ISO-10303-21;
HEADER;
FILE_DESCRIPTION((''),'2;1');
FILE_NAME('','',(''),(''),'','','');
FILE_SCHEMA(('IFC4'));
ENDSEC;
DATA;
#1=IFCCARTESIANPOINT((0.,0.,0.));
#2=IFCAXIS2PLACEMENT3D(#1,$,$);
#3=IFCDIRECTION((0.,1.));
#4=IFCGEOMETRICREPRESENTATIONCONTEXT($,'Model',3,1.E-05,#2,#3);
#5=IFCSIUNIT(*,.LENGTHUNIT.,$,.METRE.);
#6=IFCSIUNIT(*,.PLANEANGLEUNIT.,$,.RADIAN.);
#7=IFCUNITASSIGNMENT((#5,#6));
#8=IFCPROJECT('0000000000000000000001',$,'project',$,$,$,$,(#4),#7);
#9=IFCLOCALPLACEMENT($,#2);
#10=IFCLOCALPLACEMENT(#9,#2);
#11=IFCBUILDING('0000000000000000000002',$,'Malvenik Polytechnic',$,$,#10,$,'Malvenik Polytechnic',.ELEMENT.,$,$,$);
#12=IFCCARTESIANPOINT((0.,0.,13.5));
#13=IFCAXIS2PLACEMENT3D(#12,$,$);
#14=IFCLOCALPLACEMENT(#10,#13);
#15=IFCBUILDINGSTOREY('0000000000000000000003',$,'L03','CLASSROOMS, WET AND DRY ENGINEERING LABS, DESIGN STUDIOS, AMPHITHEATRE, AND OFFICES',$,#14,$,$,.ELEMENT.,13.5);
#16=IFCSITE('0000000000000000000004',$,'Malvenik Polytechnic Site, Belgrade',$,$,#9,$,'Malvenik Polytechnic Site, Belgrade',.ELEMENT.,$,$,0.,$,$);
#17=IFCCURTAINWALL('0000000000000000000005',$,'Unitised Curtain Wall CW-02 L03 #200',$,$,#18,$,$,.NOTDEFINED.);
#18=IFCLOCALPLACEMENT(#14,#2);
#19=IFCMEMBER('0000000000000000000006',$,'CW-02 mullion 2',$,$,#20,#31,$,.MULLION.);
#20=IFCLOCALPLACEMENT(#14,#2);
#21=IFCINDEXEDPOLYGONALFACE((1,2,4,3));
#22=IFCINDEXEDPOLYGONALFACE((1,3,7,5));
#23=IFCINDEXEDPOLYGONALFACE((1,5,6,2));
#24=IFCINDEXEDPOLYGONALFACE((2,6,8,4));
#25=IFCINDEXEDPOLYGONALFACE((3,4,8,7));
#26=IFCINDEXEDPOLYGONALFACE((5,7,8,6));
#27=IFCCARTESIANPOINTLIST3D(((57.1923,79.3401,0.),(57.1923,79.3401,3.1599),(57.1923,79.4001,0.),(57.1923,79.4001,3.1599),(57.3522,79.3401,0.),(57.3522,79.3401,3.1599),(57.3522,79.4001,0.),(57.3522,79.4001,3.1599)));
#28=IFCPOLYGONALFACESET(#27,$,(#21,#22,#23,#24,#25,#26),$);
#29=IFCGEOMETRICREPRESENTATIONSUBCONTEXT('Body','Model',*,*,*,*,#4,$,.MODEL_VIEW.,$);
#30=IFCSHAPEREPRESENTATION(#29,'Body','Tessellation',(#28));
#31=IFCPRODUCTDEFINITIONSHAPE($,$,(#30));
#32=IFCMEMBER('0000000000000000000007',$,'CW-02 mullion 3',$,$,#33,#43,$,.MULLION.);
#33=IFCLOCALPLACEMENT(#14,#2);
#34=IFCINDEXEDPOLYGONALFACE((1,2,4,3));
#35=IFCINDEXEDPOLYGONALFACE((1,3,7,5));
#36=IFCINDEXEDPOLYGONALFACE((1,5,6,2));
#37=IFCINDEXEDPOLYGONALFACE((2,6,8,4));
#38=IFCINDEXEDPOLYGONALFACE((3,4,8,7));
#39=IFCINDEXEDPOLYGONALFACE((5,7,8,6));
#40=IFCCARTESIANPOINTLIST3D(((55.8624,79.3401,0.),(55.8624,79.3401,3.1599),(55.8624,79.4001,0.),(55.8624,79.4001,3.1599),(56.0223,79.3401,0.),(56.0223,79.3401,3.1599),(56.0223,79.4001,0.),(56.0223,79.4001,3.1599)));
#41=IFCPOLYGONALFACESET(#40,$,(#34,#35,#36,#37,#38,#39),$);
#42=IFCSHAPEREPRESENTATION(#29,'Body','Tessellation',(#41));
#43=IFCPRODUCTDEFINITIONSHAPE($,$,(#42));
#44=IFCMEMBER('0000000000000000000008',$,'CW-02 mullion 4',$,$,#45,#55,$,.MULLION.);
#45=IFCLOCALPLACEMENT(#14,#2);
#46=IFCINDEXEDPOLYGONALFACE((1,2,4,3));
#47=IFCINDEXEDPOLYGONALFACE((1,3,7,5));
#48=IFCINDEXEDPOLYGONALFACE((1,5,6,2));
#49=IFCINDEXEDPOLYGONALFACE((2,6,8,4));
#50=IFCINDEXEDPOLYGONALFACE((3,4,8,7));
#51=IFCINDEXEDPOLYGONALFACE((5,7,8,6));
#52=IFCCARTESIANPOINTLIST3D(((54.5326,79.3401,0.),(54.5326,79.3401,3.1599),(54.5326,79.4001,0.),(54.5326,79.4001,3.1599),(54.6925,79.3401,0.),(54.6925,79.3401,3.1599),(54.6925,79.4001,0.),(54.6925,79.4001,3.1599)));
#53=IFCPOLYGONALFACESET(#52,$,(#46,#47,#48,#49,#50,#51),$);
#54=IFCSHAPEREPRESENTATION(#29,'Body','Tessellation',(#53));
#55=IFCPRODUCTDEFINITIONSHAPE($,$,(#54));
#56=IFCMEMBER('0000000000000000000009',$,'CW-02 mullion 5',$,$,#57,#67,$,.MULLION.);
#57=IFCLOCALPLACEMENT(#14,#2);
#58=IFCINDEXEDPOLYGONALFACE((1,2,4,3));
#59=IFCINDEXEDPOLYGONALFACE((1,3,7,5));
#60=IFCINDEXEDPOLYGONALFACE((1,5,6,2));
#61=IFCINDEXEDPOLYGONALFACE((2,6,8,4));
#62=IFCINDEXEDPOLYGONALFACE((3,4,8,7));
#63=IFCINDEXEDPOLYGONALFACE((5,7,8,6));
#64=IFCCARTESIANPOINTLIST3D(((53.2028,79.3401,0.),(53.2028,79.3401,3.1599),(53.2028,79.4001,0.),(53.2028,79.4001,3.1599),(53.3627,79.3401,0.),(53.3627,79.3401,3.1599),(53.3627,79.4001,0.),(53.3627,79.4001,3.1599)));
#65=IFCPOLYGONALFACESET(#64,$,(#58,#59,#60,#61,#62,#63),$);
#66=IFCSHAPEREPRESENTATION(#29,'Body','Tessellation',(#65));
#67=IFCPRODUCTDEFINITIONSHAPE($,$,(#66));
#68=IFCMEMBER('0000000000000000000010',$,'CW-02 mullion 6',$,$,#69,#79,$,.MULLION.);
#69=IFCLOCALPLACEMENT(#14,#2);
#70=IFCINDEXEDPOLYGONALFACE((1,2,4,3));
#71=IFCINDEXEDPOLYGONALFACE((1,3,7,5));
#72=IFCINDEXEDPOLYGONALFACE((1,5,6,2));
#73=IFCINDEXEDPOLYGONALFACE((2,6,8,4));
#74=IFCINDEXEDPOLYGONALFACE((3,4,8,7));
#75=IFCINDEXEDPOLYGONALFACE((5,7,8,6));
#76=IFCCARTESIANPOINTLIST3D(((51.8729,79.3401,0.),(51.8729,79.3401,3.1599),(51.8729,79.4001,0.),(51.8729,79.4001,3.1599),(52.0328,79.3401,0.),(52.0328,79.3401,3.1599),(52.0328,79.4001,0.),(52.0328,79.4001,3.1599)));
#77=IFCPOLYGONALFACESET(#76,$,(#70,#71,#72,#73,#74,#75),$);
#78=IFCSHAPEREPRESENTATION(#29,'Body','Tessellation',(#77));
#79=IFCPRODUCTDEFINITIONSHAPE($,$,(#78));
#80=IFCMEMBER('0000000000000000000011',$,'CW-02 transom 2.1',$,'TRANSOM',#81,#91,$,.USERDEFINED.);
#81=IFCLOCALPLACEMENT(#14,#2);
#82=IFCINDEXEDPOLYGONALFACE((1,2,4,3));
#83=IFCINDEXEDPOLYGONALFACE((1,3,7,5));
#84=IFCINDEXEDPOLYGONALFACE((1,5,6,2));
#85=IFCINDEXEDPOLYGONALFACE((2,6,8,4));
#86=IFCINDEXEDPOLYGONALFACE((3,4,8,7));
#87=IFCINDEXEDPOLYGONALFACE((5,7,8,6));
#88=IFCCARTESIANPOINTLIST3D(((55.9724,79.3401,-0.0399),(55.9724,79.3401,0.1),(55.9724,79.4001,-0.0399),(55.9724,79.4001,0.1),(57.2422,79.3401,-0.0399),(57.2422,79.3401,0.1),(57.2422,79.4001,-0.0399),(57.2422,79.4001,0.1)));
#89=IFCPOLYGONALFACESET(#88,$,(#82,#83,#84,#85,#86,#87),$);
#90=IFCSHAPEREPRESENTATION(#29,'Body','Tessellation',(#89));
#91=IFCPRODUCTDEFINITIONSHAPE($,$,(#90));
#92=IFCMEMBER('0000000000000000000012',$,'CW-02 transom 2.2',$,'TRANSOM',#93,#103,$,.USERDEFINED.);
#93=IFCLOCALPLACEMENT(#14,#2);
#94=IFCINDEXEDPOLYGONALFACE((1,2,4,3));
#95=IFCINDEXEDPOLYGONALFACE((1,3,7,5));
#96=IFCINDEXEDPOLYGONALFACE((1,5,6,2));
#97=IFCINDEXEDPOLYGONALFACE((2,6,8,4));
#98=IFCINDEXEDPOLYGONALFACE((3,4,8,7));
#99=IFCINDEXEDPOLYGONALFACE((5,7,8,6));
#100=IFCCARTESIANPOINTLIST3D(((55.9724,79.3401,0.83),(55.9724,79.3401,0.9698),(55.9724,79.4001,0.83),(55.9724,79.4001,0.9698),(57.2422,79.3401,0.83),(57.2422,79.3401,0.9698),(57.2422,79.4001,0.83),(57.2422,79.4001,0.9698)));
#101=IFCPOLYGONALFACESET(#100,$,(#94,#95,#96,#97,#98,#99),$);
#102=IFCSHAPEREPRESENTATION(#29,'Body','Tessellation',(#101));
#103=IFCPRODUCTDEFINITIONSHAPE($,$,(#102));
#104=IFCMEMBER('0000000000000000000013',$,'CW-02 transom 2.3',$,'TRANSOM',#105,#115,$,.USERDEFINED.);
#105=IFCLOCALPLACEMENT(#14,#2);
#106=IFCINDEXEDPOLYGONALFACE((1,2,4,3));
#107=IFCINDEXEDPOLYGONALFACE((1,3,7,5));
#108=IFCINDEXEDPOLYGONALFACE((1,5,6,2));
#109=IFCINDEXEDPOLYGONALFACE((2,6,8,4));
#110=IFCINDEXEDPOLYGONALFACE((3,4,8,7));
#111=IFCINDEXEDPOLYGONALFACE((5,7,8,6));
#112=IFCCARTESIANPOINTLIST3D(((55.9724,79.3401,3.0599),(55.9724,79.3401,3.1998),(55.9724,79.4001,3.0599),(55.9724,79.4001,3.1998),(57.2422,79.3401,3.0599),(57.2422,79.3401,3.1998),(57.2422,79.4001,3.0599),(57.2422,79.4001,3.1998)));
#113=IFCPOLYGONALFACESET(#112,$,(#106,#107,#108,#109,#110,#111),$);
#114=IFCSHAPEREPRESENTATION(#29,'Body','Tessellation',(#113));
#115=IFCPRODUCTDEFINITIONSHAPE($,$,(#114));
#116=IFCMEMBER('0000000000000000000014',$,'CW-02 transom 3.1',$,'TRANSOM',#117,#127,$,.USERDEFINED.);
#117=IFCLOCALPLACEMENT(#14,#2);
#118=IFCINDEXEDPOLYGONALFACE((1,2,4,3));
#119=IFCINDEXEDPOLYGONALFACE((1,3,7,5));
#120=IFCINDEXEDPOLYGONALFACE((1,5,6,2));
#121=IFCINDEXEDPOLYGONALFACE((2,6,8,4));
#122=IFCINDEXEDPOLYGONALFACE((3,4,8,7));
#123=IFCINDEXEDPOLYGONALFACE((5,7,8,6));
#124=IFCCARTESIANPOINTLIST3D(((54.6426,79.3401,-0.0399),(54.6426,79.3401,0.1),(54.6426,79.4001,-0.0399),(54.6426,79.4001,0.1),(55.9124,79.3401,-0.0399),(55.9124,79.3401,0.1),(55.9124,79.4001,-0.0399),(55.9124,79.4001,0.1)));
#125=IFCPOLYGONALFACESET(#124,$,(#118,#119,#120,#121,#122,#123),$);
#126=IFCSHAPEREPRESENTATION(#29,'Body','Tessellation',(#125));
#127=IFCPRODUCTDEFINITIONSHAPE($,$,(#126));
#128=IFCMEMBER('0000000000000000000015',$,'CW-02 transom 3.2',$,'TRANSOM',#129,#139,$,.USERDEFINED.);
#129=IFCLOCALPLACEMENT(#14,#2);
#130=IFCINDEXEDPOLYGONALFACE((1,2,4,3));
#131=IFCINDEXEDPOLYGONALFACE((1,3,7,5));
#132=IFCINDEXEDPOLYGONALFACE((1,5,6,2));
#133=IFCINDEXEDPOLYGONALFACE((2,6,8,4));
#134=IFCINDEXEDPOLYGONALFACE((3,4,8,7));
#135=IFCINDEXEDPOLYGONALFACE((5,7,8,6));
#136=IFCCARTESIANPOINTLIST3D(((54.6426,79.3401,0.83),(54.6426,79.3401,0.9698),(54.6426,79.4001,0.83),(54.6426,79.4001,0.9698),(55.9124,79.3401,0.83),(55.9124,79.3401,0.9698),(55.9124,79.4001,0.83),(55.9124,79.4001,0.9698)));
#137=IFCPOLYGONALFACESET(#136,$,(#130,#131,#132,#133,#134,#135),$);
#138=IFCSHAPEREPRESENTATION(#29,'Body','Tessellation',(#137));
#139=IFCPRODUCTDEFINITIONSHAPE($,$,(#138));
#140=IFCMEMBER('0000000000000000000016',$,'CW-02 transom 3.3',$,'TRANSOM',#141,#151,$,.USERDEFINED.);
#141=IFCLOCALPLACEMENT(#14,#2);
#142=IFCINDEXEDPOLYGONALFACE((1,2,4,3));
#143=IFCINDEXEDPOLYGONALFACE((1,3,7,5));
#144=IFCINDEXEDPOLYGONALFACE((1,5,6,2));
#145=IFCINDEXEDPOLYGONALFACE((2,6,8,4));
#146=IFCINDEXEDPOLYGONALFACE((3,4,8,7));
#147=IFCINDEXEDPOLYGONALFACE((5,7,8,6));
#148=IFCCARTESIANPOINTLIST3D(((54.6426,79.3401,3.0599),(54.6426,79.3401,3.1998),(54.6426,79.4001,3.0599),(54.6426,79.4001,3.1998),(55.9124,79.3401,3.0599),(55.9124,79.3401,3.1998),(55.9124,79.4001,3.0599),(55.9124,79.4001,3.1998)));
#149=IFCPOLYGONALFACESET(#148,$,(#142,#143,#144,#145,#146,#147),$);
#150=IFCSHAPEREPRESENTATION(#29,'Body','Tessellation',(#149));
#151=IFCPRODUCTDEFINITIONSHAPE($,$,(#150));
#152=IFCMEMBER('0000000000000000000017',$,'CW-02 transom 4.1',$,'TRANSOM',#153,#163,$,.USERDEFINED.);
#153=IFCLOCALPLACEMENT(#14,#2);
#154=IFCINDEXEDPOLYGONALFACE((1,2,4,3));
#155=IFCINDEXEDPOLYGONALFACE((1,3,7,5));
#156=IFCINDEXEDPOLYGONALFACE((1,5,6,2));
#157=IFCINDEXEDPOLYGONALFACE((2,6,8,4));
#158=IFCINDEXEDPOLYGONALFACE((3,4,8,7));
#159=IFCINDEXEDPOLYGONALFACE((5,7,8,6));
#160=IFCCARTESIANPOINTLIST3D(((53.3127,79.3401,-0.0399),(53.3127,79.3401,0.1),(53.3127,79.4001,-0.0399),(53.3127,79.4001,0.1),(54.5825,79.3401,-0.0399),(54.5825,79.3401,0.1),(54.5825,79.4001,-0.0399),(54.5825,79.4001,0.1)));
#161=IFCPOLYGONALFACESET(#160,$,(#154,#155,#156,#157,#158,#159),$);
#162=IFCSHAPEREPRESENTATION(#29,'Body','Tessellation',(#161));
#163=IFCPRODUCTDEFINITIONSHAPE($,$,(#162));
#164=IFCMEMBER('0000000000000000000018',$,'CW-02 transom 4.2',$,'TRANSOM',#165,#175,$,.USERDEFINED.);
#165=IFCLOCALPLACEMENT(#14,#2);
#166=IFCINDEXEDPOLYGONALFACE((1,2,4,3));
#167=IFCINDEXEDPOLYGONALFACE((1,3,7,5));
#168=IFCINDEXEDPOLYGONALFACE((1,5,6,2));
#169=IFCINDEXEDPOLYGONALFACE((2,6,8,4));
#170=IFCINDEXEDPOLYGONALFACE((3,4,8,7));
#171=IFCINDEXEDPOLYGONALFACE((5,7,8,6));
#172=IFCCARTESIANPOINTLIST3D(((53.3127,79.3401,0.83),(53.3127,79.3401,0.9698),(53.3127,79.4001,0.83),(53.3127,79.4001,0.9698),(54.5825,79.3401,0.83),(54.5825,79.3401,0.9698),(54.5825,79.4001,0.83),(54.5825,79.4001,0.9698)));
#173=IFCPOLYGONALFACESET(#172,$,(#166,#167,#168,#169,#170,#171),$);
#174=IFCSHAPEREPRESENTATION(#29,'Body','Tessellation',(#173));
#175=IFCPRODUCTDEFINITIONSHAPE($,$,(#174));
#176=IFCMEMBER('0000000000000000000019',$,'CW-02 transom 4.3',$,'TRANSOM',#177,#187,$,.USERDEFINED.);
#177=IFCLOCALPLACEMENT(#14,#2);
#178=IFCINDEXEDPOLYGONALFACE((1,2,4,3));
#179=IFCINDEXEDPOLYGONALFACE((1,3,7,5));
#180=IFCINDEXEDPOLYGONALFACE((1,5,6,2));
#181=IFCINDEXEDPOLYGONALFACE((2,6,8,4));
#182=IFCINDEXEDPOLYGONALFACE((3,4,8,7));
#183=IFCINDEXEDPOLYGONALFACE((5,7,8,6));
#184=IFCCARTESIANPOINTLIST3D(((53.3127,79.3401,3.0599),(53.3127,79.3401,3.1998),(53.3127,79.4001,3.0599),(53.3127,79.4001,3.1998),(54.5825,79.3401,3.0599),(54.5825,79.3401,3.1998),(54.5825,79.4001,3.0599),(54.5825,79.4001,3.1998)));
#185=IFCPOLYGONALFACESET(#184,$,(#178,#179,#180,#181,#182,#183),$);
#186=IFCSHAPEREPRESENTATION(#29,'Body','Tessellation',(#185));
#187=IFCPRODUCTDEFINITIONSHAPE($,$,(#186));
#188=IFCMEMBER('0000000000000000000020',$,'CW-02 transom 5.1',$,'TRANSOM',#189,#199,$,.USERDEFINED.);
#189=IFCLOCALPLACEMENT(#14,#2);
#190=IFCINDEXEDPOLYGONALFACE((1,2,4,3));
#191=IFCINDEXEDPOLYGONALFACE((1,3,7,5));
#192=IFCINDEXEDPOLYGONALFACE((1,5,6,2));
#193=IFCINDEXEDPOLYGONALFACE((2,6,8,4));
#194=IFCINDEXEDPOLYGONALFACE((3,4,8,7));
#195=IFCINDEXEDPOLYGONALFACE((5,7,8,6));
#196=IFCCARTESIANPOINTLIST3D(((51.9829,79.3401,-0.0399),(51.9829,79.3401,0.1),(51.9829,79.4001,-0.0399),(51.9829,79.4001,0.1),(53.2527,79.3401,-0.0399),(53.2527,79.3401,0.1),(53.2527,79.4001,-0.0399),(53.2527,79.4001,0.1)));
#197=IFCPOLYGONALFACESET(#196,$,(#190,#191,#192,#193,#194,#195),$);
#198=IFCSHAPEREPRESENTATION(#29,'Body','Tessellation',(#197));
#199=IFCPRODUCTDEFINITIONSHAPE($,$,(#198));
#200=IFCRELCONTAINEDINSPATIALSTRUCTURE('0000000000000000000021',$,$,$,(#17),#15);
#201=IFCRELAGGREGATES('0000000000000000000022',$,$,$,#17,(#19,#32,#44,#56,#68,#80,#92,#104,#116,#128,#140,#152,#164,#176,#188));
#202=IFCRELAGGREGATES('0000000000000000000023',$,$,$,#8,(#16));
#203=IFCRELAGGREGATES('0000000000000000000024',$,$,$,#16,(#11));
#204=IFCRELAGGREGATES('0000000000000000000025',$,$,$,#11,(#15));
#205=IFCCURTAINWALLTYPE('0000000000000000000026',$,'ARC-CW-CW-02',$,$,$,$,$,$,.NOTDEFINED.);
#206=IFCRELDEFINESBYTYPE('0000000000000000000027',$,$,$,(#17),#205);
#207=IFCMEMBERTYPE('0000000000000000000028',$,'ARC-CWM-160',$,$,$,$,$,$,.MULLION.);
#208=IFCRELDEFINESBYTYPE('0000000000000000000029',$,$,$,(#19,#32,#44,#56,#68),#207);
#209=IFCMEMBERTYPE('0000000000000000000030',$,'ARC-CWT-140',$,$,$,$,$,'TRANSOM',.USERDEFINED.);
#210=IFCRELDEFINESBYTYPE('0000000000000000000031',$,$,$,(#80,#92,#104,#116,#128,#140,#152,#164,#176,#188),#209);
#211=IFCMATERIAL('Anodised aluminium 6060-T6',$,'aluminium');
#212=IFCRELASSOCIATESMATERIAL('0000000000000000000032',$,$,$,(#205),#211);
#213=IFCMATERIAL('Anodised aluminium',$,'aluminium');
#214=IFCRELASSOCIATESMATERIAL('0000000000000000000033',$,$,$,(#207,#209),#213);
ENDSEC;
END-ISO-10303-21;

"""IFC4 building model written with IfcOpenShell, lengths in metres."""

from ifc_helpers import new_model, si_unit, direction, frame, origin, origin_2d, place, context, subcontext, project, spatial, rectangle, extrude, material, material_profile, profile_set, type_object, element, aggregate, save


model = new_model("IFC4")

# Units and contexts
model_context = context("Model", 3, precision=1e-05, world=origin(), true_north=direction((0.0, 1.0)))
body_context = subcontext(model_context, "Body", "Model", "MODEL_VIEW")
ifc_project = project(units=[si_unit("LENGTHUNIT", "METRE"), si_unit("PLANEANGLEUNIT", "RADIAN")], contexts=[model_context])

# Site, building, storey
site_placement = place(None, origin())
site = spatial("IfcSite", under=ifc_project, at=site_placement, Name="Malvenik Polytechnic Site, Belgrade", LongName="Malvenik Polytechnic Site, Belgrade", CompositionType="ELEMENT", RefElevation=0.0)
building_placement = place(site_placement, origin())
building = spatial("IfcBuilding", under=site, at=building_placement, Name="Malvenik Polytechnic", LongName="Malvenik Polytechnic", CompositionType="ELEMENT")
storey_placement = place(building_placement, frame((0.0, 0.0, 13.5)))
storey = spatial("IfcBuildingStorey", under=building, at=storey_placement, Name="L03", Description="CLASSROOMS, WET AND DRY ENGINEERING LABS, DESIGN STUDIOS, AMPHITHEATRE, AND OFFICES", CompositionType="ELEMENT", Elevation=13.5)

# Curtain wall, members
ifc_material_1 = material(Name="Anodised aluminium 6060-T6", Category="aluminium")
curtain_wall_type = type_object("IfcCurtainWallType", Name="ARC-CW-CW-02", PredefinedType="NOTDEFINED", material=ifc_material_1)
curtain_wall_placement = place(storey_placement, origin())
curtain_wall = element("IfcCurtainWall", 1, at=curtain_wall_placement, inside=storey, type_object=curtain_wall_type, Name="Unitised Curtain Wall CW-02 L03 #200", PredefinedType="NOTDEFINED")
ifc_material_2 = material(Name="Anodised aluminium", Category="aluminium")
ifc_material_profile_1 = material_profile(ifc_material_2, rectangle(XDim=0.0601, YDim=0.1599, at=origin_2d()), Name="ALU MULLION 60x160")
ifc_profile_set_1 = profile_set([ifc_material_profile_1], Name="Anodised aluminium")
member_type_1 = type_object("IfcMemberType", Name="ARC-CWM-160", PredefinedType="MULLION", material=ifc_profile_set_1)
member_1_placement = place(storey_placement, frame((57.2722, 79.3701, 0.0), z_axis=(0.0, 0.0, 1.0), x_axis=(0.0, -1.0, 0.0)))
member_1 = element("IfcMember", 2, at=member_1_placement, type_object=member_type_1, Name="CW-02 mullion 2", PredefinedType="MULLION", context=body_context, shape_type="SweptSolid", body=[
    extrude(rectangle(XDim=0.0601, YDim=0.1599, at=origin_2d()), origin(), (0.0, 0.0, 1.0), 3.1599),
])
member_2_placement = place(storey_placement, frame((55.9424, 79.3701, 0.0), z_axis=(0.0, 0.0, 1.0), x_axis=(0.0, -1.0, 0.0)))
member_2 = element("IfcMember", 3, at=member_2_placement, type_object=member_type_1, Name="CW-02 mullion 3", PredefinedType="MULLION", context=body_context, shape_type="SweptSolid", body=[
    extrude(rectangle(XDim=0.0601, YDim=0.1599, at=origin_2d()), origin(), (0.0, 0.0, 1.0), 3.1599),
])
member_3_placement = place(storey_placement, frame((54.6125, 79.3701, 0.0), z_axis=(0.0, 0.0, 1.0), x_axis=(0.0, -1.0, 0.0)))
member_3 = element("IfcMember", 4, at=member_3_placement, type_object=member_type_1, Name="CW-02 mullion 4", PredefinedType="MULLION", context=body_context, shape_type="SweptSolid", body=[
    extrude(rectangle(XDim=0.0601, YDim=0.1599, at=origin_2d()), origin(), (0.0, 0.0, 1.0), 3.1599),
])
member_4_placement = place(storey_placement, frame((53.2827, 79.3701, 0.0), z_axis=(0.0, 0.0, 1.0), x_axis=(0.0, -1.0, 0.0)))
member_4 = element("IfcMember", 5, at=member_4_placement, type_object=member_type_1, Name="CW-02 mullion 5", PredefinedType="MULLION", context=body_context, shape_type="SweptSolid", body=[
    extrude(rectangle(XDim=0.0601, YDim=0.1599, at=origin_2d()), origin(), (0.0, 0.0, 1.0), 3.1599),
])
member_5_placement = place(storey_placement, frame((51.9529, 79.3701, 0.0), z_axis=(0.0, 0.0, 1.0), x_axis=(0.0, -1.0, 0.0)))
member_5 = element("IfcMember", 6, at=member_5_placement, type_object=member_type_1, Name="CW-02 mullion 6", PredefinedType="MULLION", context=body_context, shape_type="SweptSolid", body=[
    extrude(rectangle(XDim=0.0601, YDim=0.1599, at=origin_2d()), origin(), (0.0, 0.0, 1.0), 3.1599),
])
ifc_material_profile_2 = material_profile(ifc_material_2, rectangle(XDim=0.0601, YDim=0.1399, at=origin_2d()), Name="ALU TRANSOM 60x140")
ifc_profile_set_2 = profile_set([ifc_material_profile_2], Name="Anodised aluminium")
member_type_2 = type_object("IfcMemberType", Name="ARC-CWT-140", ElementType="TRANSOM", PredefinedType="USERDEFINED", material=ifc_profile_set_2)
member_6_placement = place(storey_placement, frame((57.2422, 79.3701, 0.03), z_axis=(-1.0, 0.0, 0.0), x_axis=(0.0, -1.0, 0.0)))
member_6 = element("IfcMember", 7, at=member_6_placement, type_object=member_type_2, Name="CW-02 transom 2.1", ObjectType="TRANSOM", PredefinedType="USERDEFINED", context=body_context, shape_type="SweptSolid", body=[
    extrude(rectangle(XDim=0.0601, YDim=0.1399, at=origin_2d()), origin(), (0.0, 0.0, 1.0), 1.2698),
])
member_7_placement = place(storey_placement, frame((57.2422, 79.3701, 0.8999), z_axis=(-1.0, 0.0, 0.0), x_axis=(0.0, -1.0, 0.0)))
member_7 = element("IfcMember", 8, at=member_7_placement, type_object=member_type_2, Name="CW-02 transom 2.2", ObjectType="TRANSOM", PredefinedType="USERDEFINED", context=body_context, shape_type="SweptSolid", body=[
    extrude(rectangle(XDim=0.0601, YDim=0.1399, at=origin_2d()), origin(), (0.0, 0.0, 1.0), 1.2698),
])
member_8_placement = place(storey_placement, frame((57.2422, 79.3701, 3.1299), z_axis=(-1.0, 0.0, 0.0), x_axis=(0.0, -1.0, 0.0)))
member_8 = element("IfcMember", 9, at=member_8_placement, type_object=member_type_2, Name="CW-02 transom 2.3", ObjectType="TRANSOM", PredefinedType="USERDEFINED", context=body_context, shape_type="SweptSolid", body=[
    extrude(rectangle(XDim=0.0601, YDim=0.1399, at=origin_2d()), origin(), (0.0, 0.0, 1.0), 1.2698),
])
member_9_placement = place(storey_placement, frame((55.9124, 79.3701, 0.03), z_axis=(-1.0, 0.0, 0.0), x_axis=(0.0, -1.0, 0.0)))
member_9 = element("IfcMember", 10, at=member_9_placement, type_object=member_type_2, Name="CW-02 transom 3.1", ObjectType="TRANSOM", PredefinedType="USERDEFINED", context=body_context, shape_type="SweptSolid", body=[
    extrude(rectangle(XDim=0.0601, YDim=0.1399, at=origin_2d()), origin(), (0.0, 0.0, 1.0), 1.2698),
])
member_10_placement = place(storey_placement, frame((55.9124, 79.3701, 0.8999), z_axis=(-1.0, 0.0, 0.0), x_axis=(0.0, -1.0, 0.0)))
member_10 = element("IfcMember", 11, at=member_10_placement, type_object=member_type_2, Name="CW-02 transom 3.2", ObjectType="TRANSOM", PredefinedType="USERDEFINED", context=body_context, shape_type="SweptSolid", body=[
    extrude(rectangle(XDim=0.0601, YDim=0.1399, at=origin_2d()), origin(), (0.0, 0.0, 1.0), 1.2698),
])
member_11_placement = place(storey_placement, frame((55.9124, 79.3701, 3.1299), z_axis=(-1.0, 0.0, 0.0), x_axis=(0.0, -1.0, 0.0)))
member_11 = element("IfcMember", 12, at=member_11_placement, type_object=member_type_2, Name="CW-02 transom 3.3", ObjectType="TRANSOM", PredefinedType="USERDEFINED", context=body_context, shape_type="SweptSolid", body=[
    extrude(rectangle(XDim=0.0601, YDim=0.1399, at=origin_2d()), origin(), (0.0, 0.0, 1.0), 1.2698),
])
member_12_placement = place(storey_placement, frame((54.5825, 79.3701, 0.03), z_axis=(-1.0, 0.0, 0.0), x_axis=(0.0, -1.0, 0.0)))
member_12 = element("IfcMember", 13, at=member_12_placement, type_object=member_type_2, Name="CW-02 transom 4.1", ObjectType="TRANSOM", PredefinedType="USERDEFINED", context=body_context, shape_type="SweptSolid", body=[
    extrude(rectangle(XDim=0.0601, YDim=0.1399, at=origin_2d()), origin(), (0.0, 0.0, 1.0), 1.2698),
])
member_13_placement = place(storey_placement, frame((54.5825, 79.3701, 0.8999), z_axis=(-1.0, 0.0, 0.0), x_axis=(0.0, -1.0, 0.0)))
member_13 = element("IfcMember", 14, at=member_13_placement, type_object=member_type_2, Name="CW-02 transom 4.2", ObjectType="TRANSOM", PredefinedType="USERDEFINED", context=body_context, shape_type="SweptSolid", body=[
    extrude(rectangle(XDim=0.0601, YDim=0.1399, at=origin_2d()), origin(), (0.0, 0.0, 1.0), 1.2698),
])
member_14_placement = place(storey_placement, frame((54.5825, 79.3701, 3.1299), z_axis=(-1.0, 0.0, 0.0), x_axis=(0.0, -1.0, 0.0)))
member_14 = element("IfcMember", 15, at=member_14_placement, type_object=member_type_2, Name="CW-02 transom 4.3", ObjectType="TRANSOM", PredefinedType="USERDEFINED", context=body_context, shape_type="SweptSolid", body=[
    extrude(rectangle(XDim=0.0601, YDim=0.1399, at=origin_2d()), origin(), (0.0, 0.0, 1.0), 1.2698),
])
member_15_placement = place(storey_placement, frame((53.2527, 79.3701, 0.03), z_axis=(-1.0, 0.0, 0.0), x_axis=(0.0, -1.0, 0.0)))
member_15 = element("IfcMember", 16, at=member_15_placement, type_object=member_type_2, Name="CW-02 transom 5.1", ObjectType="TRANSOM", PredefinedType="USERDEFINED", context=body_context, shape_type="SweptSolid", body=[
    extrude(rectangle(XDim=0.0601, YDim=0.1399, at=origin_2d()), origin(), (0.0, 0.0, 1.0), 1.2698),
])

aggregate(curtain_wall, [member_1, member_2, member_3, member_4, member_5, member_6, member_7, member_8, member_9, member_10, member_11, member_12, member_13, member_14, member_15])

save(model, "model.ifc")
